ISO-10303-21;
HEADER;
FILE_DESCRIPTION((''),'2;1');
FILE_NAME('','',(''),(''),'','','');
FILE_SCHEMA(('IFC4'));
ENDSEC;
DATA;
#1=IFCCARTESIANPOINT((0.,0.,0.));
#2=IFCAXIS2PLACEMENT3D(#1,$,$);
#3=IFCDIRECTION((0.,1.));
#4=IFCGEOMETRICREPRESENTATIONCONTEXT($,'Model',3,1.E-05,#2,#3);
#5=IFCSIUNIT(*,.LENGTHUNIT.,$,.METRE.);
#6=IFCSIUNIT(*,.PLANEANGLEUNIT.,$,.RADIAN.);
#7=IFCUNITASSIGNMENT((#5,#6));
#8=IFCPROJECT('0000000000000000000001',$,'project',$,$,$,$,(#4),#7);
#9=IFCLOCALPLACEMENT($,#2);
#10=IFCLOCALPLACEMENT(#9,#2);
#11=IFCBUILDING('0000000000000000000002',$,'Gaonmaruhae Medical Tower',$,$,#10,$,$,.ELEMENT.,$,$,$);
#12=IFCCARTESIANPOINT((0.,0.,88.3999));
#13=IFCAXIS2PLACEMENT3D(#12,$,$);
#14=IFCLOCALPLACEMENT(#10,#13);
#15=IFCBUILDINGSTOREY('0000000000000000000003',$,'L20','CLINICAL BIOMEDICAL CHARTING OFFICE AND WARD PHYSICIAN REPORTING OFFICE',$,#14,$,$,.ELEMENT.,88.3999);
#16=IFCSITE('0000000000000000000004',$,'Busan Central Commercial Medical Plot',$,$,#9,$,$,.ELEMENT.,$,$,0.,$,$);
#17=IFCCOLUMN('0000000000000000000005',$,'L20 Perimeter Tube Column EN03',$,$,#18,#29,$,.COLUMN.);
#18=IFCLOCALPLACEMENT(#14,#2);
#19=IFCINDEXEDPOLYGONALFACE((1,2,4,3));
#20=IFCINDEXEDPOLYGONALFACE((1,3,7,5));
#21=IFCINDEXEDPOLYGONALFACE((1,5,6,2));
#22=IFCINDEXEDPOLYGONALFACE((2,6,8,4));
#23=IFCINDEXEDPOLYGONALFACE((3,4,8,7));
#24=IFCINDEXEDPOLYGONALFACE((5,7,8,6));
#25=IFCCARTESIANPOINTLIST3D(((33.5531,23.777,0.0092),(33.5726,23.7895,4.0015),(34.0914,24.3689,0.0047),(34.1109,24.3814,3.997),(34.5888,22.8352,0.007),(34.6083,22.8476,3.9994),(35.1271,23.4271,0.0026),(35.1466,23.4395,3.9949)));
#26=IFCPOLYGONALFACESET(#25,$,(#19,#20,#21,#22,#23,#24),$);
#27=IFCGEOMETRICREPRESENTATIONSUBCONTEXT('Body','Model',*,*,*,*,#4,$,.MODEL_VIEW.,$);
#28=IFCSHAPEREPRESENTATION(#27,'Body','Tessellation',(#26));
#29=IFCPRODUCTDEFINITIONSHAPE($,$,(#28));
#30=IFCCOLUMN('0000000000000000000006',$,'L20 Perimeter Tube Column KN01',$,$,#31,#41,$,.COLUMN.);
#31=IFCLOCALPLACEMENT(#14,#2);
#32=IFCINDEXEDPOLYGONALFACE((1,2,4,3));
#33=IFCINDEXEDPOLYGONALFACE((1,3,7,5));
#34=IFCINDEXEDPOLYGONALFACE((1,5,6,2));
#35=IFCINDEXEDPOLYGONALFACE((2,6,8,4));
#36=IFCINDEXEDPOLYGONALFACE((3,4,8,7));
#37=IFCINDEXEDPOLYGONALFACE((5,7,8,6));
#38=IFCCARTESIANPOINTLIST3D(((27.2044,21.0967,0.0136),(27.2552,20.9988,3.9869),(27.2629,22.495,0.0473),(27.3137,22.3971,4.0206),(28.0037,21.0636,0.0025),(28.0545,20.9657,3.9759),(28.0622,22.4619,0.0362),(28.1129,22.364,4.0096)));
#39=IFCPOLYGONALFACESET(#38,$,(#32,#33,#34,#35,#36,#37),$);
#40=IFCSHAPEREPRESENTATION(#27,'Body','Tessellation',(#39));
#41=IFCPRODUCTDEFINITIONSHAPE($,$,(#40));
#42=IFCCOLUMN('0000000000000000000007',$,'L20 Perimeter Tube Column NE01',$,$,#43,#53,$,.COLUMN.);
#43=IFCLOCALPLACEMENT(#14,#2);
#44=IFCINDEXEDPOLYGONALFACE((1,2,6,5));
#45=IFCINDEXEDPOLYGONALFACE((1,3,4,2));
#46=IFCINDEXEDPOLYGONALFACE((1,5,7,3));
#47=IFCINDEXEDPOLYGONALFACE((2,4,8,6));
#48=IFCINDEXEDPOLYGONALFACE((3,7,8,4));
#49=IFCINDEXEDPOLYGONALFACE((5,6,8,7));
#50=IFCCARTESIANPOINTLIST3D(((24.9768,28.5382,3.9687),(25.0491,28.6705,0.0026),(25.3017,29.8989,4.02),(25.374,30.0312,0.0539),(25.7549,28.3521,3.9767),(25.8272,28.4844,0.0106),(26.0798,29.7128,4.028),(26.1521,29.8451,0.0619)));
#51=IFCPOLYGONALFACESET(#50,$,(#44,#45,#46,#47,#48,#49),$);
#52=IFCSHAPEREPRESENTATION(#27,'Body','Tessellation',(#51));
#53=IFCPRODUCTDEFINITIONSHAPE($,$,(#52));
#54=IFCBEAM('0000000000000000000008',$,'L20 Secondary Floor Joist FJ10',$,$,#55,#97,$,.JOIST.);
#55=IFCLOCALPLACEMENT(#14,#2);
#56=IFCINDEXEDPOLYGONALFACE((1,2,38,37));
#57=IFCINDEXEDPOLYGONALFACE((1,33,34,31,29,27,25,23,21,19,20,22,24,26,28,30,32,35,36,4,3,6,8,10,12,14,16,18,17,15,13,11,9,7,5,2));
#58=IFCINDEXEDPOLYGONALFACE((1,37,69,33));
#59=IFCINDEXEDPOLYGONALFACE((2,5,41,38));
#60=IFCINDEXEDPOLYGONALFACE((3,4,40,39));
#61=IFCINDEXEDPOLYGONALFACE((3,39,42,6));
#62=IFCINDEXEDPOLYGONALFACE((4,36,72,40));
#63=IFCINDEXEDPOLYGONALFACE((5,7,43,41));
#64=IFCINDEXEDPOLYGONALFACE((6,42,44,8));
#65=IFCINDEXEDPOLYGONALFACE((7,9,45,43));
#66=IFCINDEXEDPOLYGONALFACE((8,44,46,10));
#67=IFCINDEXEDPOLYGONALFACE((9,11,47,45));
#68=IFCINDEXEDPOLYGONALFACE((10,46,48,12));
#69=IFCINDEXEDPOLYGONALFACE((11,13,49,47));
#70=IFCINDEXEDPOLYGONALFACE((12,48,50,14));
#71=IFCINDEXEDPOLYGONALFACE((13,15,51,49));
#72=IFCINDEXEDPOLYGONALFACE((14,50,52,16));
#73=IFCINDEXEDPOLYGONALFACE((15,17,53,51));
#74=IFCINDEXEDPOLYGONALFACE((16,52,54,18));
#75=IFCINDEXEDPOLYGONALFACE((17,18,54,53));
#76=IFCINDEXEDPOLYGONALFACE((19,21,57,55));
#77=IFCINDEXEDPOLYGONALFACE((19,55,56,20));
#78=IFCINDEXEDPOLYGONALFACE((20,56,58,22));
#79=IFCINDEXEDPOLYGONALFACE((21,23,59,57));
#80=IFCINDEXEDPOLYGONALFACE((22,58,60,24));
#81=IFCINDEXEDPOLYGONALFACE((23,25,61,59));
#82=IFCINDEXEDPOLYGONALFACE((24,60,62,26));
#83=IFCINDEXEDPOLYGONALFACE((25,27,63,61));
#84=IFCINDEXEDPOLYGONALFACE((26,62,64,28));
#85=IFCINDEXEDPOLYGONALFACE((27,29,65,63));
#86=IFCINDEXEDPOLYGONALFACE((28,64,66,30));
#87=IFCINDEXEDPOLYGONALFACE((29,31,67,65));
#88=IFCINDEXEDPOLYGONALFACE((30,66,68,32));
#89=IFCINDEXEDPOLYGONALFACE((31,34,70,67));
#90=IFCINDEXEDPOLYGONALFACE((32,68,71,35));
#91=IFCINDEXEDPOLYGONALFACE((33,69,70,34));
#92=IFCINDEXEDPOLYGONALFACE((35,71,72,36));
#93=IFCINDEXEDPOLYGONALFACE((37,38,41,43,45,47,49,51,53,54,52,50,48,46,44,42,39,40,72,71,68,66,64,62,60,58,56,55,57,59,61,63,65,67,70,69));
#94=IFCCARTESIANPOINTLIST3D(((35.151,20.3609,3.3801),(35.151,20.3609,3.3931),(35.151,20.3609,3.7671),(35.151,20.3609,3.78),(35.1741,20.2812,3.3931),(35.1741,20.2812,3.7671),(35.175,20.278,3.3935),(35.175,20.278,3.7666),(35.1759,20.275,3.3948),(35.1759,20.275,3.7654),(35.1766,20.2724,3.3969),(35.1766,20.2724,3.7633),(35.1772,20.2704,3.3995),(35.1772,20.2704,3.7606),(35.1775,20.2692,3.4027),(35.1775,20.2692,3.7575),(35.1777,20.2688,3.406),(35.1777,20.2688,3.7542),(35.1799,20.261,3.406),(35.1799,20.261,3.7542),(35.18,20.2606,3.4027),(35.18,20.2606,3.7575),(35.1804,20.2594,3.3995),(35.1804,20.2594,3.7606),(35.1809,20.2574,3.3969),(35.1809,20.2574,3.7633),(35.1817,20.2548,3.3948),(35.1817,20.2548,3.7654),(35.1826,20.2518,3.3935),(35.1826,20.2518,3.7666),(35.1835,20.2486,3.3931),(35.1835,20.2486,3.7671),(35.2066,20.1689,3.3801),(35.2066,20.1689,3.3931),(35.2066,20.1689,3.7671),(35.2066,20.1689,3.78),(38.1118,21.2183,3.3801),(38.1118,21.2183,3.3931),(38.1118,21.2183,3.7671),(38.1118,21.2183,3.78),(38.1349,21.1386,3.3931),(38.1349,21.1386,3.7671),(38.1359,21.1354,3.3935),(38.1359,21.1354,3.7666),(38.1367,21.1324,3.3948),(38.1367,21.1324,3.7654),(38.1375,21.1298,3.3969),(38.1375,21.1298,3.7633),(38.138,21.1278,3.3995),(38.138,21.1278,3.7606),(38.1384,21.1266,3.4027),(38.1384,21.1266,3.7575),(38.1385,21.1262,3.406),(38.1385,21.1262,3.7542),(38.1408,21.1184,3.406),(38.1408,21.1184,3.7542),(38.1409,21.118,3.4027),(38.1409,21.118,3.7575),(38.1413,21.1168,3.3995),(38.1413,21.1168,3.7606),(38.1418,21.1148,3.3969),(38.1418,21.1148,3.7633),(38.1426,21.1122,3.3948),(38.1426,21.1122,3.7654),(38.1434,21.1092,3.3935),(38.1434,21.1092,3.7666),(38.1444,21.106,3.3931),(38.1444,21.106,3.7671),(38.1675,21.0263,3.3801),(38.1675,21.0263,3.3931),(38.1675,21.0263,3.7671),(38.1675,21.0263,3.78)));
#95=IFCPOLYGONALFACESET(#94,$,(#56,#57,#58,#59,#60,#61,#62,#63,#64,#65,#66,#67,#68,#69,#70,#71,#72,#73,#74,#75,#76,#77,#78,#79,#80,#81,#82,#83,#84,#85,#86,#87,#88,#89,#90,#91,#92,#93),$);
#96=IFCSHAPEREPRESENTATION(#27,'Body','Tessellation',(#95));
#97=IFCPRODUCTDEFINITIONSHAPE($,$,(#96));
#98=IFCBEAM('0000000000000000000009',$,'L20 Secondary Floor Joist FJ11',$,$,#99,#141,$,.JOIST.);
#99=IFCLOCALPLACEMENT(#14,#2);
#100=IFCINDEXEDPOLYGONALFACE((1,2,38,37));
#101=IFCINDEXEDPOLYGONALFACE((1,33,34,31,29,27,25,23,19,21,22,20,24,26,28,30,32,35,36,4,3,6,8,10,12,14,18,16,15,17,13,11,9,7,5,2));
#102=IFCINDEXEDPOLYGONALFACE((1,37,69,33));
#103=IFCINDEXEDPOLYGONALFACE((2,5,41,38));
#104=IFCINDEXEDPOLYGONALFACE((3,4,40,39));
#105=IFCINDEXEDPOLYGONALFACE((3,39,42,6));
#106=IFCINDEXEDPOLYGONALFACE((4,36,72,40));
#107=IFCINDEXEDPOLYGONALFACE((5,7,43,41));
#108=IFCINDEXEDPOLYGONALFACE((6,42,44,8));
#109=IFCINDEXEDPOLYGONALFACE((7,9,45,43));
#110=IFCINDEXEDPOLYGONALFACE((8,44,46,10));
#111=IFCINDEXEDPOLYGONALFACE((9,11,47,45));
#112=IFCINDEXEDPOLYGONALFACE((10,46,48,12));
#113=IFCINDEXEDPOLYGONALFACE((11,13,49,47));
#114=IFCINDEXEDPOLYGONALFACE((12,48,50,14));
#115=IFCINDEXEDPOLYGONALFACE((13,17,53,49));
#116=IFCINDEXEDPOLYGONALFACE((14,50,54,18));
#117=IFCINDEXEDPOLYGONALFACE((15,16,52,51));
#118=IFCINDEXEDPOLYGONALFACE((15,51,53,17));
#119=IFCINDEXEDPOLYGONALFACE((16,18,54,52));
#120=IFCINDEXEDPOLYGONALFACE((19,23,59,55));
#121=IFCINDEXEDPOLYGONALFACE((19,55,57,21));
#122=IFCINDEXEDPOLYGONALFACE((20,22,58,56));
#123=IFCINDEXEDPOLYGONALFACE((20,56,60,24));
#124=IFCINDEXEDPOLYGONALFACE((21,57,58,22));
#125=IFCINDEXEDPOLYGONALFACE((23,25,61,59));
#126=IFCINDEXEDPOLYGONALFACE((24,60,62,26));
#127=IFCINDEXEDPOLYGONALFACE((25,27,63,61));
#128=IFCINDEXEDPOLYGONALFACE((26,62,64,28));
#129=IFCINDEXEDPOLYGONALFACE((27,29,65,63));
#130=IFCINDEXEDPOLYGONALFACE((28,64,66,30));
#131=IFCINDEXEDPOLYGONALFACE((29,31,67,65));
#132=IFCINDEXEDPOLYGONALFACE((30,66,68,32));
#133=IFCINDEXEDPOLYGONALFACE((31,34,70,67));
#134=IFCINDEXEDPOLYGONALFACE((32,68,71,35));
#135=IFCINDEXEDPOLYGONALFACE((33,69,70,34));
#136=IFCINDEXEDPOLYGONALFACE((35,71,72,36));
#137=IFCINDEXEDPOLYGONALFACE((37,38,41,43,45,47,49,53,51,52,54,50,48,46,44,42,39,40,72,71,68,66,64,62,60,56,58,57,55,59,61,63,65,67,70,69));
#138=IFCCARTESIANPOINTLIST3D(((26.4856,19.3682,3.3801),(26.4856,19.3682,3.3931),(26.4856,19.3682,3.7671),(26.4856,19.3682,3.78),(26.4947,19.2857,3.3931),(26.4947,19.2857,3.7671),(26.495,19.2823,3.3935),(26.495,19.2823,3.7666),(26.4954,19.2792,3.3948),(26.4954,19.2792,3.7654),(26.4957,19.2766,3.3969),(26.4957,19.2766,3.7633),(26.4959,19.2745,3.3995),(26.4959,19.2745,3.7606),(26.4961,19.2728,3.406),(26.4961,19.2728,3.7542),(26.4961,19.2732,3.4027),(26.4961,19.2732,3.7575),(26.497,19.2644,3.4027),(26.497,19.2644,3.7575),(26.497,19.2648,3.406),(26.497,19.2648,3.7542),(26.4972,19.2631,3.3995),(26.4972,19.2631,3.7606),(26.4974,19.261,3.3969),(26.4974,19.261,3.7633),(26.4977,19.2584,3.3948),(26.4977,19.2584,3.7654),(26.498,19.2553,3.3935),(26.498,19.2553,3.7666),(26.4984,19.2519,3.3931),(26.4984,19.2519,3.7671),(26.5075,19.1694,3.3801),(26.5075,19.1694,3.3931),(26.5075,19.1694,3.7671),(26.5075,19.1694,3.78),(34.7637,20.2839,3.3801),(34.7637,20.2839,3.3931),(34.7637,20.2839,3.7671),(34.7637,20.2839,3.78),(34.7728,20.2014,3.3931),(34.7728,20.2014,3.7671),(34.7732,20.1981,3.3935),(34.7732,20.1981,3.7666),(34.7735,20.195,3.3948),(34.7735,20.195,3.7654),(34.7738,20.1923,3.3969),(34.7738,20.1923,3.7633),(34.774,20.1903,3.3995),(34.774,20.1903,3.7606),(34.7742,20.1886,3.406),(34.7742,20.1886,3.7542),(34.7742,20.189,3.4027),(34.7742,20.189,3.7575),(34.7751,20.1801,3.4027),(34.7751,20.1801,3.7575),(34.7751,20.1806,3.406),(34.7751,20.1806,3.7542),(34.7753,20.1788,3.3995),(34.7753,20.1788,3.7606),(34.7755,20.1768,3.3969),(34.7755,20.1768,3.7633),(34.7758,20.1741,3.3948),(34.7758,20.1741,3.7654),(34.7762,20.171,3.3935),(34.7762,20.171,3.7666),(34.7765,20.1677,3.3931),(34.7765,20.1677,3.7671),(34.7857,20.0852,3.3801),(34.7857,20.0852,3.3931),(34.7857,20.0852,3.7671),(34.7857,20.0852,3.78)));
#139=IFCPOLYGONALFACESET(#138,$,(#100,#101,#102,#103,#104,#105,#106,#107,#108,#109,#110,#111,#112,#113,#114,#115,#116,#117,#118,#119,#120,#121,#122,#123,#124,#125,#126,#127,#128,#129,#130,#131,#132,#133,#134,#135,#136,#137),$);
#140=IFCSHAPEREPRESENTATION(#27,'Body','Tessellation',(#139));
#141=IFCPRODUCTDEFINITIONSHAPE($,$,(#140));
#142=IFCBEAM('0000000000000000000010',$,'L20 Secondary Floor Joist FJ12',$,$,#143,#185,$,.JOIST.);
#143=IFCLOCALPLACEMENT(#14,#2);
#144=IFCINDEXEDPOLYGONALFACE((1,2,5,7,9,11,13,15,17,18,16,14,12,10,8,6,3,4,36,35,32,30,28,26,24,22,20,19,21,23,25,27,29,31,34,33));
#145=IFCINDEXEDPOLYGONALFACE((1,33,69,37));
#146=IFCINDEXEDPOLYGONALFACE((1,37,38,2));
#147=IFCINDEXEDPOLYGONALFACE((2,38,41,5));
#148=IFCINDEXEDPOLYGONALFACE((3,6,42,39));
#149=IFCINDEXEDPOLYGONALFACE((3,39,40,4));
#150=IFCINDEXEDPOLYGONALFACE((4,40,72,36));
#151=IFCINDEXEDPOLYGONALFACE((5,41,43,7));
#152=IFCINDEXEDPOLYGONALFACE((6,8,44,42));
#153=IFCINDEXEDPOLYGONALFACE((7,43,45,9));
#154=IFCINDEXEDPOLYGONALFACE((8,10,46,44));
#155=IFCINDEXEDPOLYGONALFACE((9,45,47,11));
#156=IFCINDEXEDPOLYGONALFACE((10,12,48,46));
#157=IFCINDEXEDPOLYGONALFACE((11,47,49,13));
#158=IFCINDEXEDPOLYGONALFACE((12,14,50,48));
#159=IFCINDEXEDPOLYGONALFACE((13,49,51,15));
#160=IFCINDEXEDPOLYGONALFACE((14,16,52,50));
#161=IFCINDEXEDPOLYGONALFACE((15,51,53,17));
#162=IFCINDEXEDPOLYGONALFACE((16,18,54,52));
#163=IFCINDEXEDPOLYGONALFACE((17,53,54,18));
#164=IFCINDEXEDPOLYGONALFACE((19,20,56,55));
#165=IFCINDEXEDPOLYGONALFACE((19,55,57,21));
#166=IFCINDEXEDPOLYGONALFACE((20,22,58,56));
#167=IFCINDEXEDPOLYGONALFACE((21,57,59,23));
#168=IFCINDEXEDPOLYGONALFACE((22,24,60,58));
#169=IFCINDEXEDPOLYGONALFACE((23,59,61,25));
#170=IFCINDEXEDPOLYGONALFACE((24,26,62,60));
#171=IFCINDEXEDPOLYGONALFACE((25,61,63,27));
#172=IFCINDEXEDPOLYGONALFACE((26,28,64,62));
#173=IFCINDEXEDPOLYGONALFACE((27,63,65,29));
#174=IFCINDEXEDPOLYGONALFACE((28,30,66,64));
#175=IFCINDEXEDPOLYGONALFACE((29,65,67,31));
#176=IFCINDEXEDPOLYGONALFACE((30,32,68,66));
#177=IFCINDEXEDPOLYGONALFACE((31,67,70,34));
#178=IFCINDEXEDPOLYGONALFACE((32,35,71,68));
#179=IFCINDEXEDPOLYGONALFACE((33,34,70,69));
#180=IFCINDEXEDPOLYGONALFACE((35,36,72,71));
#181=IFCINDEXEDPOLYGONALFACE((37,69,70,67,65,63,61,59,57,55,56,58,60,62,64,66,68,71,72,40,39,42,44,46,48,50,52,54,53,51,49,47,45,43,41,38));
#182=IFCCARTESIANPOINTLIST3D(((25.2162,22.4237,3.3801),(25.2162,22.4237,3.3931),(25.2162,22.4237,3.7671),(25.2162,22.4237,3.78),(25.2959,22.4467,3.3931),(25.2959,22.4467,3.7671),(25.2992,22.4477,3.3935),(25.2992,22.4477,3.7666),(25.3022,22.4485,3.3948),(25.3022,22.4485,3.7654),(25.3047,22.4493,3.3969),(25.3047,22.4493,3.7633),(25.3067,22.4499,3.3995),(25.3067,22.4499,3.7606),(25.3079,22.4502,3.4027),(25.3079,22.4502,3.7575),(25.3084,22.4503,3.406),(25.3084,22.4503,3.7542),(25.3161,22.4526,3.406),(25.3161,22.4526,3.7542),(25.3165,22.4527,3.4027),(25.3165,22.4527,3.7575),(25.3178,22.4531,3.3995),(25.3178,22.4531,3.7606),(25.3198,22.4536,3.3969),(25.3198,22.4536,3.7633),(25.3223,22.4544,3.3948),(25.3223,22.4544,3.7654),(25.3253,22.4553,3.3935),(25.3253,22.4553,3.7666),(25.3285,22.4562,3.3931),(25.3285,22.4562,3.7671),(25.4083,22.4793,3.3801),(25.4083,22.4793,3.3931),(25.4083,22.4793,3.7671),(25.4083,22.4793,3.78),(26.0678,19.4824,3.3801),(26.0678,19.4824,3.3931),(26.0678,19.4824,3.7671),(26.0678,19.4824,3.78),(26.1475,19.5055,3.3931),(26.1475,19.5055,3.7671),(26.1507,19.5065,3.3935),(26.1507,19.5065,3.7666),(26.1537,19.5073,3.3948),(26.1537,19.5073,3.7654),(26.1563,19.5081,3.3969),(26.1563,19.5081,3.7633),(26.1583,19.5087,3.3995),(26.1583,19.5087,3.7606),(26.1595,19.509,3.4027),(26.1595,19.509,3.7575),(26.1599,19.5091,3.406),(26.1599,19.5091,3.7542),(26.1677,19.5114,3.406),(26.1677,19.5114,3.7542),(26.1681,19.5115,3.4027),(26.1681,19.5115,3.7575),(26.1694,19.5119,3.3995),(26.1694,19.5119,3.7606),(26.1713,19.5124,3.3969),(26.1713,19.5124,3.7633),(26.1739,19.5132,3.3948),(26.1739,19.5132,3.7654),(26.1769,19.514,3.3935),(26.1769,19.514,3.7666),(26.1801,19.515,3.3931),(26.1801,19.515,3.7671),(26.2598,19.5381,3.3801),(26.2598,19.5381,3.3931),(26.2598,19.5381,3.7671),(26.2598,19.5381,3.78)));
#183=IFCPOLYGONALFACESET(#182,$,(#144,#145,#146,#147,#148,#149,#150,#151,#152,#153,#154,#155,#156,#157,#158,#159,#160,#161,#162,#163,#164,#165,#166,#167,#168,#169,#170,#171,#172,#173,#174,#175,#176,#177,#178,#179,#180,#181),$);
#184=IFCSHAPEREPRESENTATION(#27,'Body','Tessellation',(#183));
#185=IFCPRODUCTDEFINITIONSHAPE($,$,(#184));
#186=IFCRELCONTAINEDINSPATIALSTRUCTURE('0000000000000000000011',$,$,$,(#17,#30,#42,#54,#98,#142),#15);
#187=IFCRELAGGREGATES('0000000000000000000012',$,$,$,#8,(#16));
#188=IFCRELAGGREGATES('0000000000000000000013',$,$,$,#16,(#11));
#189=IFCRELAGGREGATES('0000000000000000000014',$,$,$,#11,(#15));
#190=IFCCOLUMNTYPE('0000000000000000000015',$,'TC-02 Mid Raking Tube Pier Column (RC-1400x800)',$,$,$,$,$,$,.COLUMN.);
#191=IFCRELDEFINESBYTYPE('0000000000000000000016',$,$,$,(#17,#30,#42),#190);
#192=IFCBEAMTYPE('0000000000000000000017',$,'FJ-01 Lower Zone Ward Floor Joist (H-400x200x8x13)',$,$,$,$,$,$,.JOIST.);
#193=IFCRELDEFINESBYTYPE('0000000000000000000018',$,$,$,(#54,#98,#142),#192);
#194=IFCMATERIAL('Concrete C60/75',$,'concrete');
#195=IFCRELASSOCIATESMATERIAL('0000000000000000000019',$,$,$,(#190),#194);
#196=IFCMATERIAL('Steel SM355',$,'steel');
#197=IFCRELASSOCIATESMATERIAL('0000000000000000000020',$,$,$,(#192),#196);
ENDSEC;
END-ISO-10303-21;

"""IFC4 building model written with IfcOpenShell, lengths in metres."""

from ifc_helpers import new_model, si_unit, direction, frame, origin, origin_2d, place, context, subcontext, project, spatial, rectangle, i_section, extrude, material, material_profile, profile_set, type_object, element, save


model = new_model("IFC4")

# Units and contexts
model_context = context("Model", 3, precision=1e-05, world=origin(), true_north=direction((0.0, 1.0)))
body_context = subcontext(model_context, "Body", "Model", "MODEL_VIEW")
ifc_project = project(units=[si_unit("LENGTHUNIT", "METRE"), si_unit("PLANEANGLEUNIT", "RADIAN")], contexts=[model_context])

# Site, building, storey
site_placement = place(None, origin())
site = spatial("IfcSite", under=ifc_project, at=site_placement, Name="Busan Central Commercial Medical Plot", CompositionType="ELEMENT", RefElevation=0.0)
building_placement = place(site_placement, origin())
building = spatial("IfcBuilding", under=site, at=building_placement, Name="Gaonmaruhae Medical Tower", CompositionType="ELEMENT")
storey_placement = place(building_placement, frame((0.0, 0.0, 88.3999)))
storey = spatial("IfcBuildingStorey", under=building, at=storey_placement, Name="L20", Description="CLINICAL BIOMEDICAL CHARTING OFFICE AND WARD PHYSICIAN REPORTING OFFICE", CompositionType="ELEMENT", Elevation=88.3999)

# Columns
ifc_material_1 = material(Name="Concrete C60/75", Category="concrete")
ifc_material_profile_1 = material_profile(ifc_material_1, rectangle(XDim=1.3999, YDim=0.8, at=origin_2d()), Name="RC-1400x800")
ifc_profile_set_1 = profile_set([ifc_material_profile_1], Name="Concrete C60/75")
column_type = type_object("IfcColumnType", Name="TC-02 Mid Raking Tube Pier Column (RC-1400x800)", PredefinedType="COLUMN", material=ifc_profile_set_1)
column_1_placement = place(storey_placement, frame((34.3401, 23.6021, 0.0059), z_axis=(0.004892, 0.003119, 0.999983), x_axis=(-0.739833, 0.672789, 0.001521)))
element("IfcColumn", 1, at=column_1_placement, inside=storey, type_object=column_type, Name="L20 Perimeter Tube Column EN03", PredefinedType="COLUMN", context=body_context, shape_type="SweptSolid", body=[
    extrude(rectangle(XDim=1.3999, YDim=0.8, at=origin_2d()), origin(), (0.0, 0.0, 1.0), 3.9924),
])
column_2_placement = place(storey_placement, frame((27.6333, 21.7793, 0.0249), z_axis=(0.012775, -0.02463, 0.999615), x_axis=(0.041752, 0.998838, 0.024077)))
element("IfcColumn", 2, at=column_2_placement, inside=storey, type_object=column_type, Name="L20 Perimeter Tube Column KN01", PredefinedType="COLUMN", context=body_context, shape_type="SweptSolid", body=[
    extrude(rectangle(XDim=1.3999, YDim=0.8, at=origin_2d()), origin(), (0.0, 0.0, 1.0), 3.9749),
])
column_3_placement = place(storey_placement, frame((25.6006, 29.2578, 0.0322), z_axis=(-0.018208, -0.03334, 0.999278), x_axis=(0.232094, 0.972002, 0.036659)))
element("IfcColumn", 3, at=column_3_placement, inside=storey, type_object=column_type, Name="L20 Perimeter Tube Column NE01", PredefinedType="COLUMN", context=body_context, shape_type="SweptSolid", body=[
    extrude(rectangle(XDim=1.3999, YDim=0.8, at=origin_2d()), origin(), (0.0, 0.0, 1.0), 3.969),
])

# Beams
ifc_material_2 = material(Name="Steel SM355", Category="steel")
ifc_material_profile_2 = material_profile(ifc_material_2, i_section(OverallWidth=0.2, OverallDepth=0.3999, WebThickness=0.0081, FlangeThickness=0.0129, FilletRadius=0.0129, at=origin_2d()), Name="H-400x200x8x13")
ifc_profile_set_2 = profile_set([ifc_material_profile_2], Name="Steel SM355")
beam_type_1 = type_object("IfcBeamType", Name="FJ-01 Lower Zone Ward Floor Joist (H-400x200x8x13)", PredefinedType="JOIST", material=ifc_profile_set_2)
beam_1_placement = place(storey_placement, frame((38.1396, 21.1223, 3.5801), z_axis=(-0.960538, -0.27815, 0.0), x_axis=(0.27815, -0.960538, 0.0)))
element("IfcBeam", 4, at=beam_1_placement, inside=storey, type_object=beam_type_1, Name="L20 Secondary Floor Joist FJ10", PredefinedType="JOIST", context=body_context, shape_type="SweptSolid", body=[
    extrude(i_section(OverallWidth=0.2, OverallDepth=0.3999, WebThickness=0.0081, FlangeThickness=0.0129, FilletRadius=0.0129, at=origin_2d()), origin(), (0.0, 0.0, 1.0), 3.0825),
])
beam_2_placement = place(storey_placement, frame((34.7747, 20.1846, 3.5801), z_axis=(-0.993937, -0.109955, 0.0), x_axis=(0.109955, -0.993937, 0.0)))
element("IfcBeam", 5, at=beam_2_placement, inside=storey, type_object=beam_type_1, Name="L20 Secondary Floor Joist FJ11", PredefinedType="JOIST", context=body_context, shape_type="SweptSolid", body=[
    extrude(i_section(OverallWidth=0.2, OverallDepth=0.3999, WebThickness=0.0081, FlangeThickness=0.0129, FilletRadius=0.0129, at=origin_2d()), origin(), (0.0, 0.0, 1.0), 8.3286),
])
beam_3_placement = place(storey_placement, frame((26.1638, 19.5103, 3.5801), z_axis=(-0.27811, 0.960549, 0.0), x_axis=(-0.960549, -0.27811, 0.0)))
element("IfcBeam", 6, at=beam_3_placement, inside=storey, type_object=beam_type_1, Name="L20 Secondary Floor Joist FJ12", PredefinedType="JOIST", context=body_context, shape_type="SweptSolid", body=[
    extrude(i_section(OverallWidth=0.2, OverallDepth=0.3999, WebThickness=0.0081, FlangeThickness=0.0129, FilletRadius=0.0129, at=origin_2d()), origin(), (0.0, 0.0, 1.0), 3.062),
])

save(model, "model.ifc")
